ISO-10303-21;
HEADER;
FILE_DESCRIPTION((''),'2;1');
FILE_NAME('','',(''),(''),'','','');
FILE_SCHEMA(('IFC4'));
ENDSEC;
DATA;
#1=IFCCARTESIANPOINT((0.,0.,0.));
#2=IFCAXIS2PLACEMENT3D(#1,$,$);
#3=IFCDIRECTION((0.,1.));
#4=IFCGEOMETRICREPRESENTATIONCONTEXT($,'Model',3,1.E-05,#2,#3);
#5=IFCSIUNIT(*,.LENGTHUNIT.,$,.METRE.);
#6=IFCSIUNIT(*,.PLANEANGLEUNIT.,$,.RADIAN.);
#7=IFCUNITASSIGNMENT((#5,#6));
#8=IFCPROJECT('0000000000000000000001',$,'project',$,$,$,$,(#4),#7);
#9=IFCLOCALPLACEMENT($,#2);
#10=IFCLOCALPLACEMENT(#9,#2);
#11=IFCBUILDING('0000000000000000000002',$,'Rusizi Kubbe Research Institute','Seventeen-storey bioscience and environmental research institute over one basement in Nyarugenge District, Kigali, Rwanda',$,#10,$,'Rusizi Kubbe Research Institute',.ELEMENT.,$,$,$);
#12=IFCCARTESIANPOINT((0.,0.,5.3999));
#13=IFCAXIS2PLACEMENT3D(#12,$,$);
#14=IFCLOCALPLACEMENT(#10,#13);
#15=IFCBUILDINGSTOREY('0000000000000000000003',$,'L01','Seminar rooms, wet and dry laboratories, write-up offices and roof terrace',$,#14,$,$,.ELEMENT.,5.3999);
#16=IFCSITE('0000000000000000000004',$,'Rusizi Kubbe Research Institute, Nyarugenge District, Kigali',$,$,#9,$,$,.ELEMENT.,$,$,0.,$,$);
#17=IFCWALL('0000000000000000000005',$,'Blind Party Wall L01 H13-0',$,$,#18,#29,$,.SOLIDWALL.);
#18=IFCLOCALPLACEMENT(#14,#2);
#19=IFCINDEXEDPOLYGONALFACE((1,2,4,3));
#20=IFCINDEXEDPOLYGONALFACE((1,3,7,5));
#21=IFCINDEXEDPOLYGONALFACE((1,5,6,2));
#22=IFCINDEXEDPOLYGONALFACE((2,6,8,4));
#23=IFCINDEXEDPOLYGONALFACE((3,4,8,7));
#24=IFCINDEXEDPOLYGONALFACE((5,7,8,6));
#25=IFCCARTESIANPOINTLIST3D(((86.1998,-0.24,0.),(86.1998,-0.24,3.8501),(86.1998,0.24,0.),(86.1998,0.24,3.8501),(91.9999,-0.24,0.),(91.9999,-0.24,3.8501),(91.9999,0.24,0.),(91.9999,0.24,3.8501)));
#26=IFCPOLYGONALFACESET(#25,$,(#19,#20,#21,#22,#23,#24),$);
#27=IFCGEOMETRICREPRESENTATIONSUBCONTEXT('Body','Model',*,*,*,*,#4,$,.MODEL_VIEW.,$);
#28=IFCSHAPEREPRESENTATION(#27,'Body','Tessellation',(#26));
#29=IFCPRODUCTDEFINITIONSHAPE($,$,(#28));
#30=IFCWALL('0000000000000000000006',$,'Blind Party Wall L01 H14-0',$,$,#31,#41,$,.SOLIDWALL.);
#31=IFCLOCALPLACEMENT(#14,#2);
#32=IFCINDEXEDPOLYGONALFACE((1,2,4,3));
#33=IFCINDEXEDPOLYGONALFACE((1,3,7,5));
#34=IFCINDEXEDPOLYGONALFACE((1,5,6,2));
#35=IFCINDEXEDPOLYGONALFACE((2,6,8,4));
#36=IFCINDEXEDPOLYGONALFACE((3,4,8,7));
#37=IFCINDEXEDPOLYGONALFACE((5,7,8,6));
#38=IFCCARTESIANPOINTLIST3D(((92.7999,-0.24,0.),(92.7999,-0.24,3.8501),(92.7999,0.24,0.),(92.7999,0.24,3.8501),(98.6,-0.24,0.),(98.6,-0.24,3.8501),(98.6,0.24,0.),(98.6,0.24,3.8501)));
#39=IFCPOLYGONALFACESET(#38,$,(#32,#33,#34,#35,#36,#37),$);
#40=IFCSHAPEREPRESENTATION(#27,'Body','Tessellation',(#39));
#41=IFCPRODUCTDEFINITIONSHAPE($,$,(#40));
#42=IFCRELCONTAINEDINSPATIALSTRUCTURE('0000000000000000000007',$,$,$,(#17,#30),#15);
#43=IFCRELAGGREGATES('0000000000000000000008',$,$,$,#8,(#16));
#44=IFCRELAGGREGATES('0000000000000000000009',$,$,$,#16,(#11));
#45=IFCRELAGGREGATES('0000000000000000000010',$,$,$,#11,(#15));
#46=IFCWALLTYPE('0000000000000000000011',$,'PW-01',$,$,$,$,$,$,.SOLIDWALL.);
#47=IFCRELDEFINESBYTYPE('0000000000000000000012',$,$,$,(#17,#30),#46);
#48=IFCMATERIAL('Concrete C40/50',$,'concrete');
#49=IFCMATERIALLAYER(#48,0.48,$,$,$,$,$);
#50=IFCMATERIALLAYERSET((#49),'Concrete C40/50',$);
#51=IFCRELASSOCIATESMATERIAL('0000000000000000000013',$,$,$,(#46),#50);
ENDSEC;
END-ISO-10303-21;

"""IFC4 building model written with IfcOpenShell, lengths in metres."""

from ifc_helpers import new_model, si_unit, direction, frame, frame_2d, origin, place, context, subcontext, project, spatial, rectangle, extrude, material, layer, layer_set, type_object, element, save


model = new_model("IFC4")

# Units and contexts
model_context = context("Model", 3, precision=1e-05, world=origin(), true_north=direction((0.0, 1.0)))
body_context = subcontext(model_context, "Body", "Model", "MODEL_VIEW")
ifc_project = project(units=[si_unit("LENGTHUNIT", "METRE"), si_unit("PLANEANGLEUNIT", "RADIAN")], contexts=[model_context])

# Site, building, storey
site_placement = place(None, origin())
site = spatial("IfcSite", under=ifc_project, at=site_placement, Name="Rusizi Kubbe Research Institute, Nyarugenge District, Kigali", CompositionType="ELEMENT", RefElevation=0.0)
building_placement = place(site_placement, origin())
building = spatial("IfcBuilding", under=site, at=building_placement, Name="Rusizi Kubbe Research Institute", Description="Seventeen-storey bioscience and environmental research institute over one basement in Nyarugenge District, Kigali, Rwanda", LongName="Rusizi Kubbe Research Institute", CompositionType="ELEMENT")
storey_placement = place(building_placement, frame((0.0, 0.0, 5.3999)))
storey = spatial("IfcBuildingStorey", under=building, at=storey_placement, Name="L01", Description="Seminar rooms, wet and dry laboratories, write-up offices and roof terrace", CompositionType="ELEMENT", Elevation=5.3999)

# Walls
ifc_material_1 = material(Name="Concrete C40/50", Category="concrete")
ifc_layer_1 = layer(ifc_material_1, 0.48)
ifc_layer_set_1 = layer_set([ifc_layer_1], Name="Concrete C40/50")
wall_type_1 = type_object("IfcWallType", Name="PW-01", PredefinedType="SOLIDWALL", material=ifc_layer_set_1)
for number, where, z_axis, x_axis, name in (
    (1, (86.2, 0.0, 0.0), (0.0, 0.0, 1.0), (1.0, 0.0, 0.0), "Blind Party Wall L01 H13-0"),
    (2, (92.8, 0.0, 0.0), (0.0, 0.0, 1.0), (1.0, 0.0, 0.0), "Blind Party Wall L01 H14-0"),
):
    element("IfcWall", number, at=place(storey_placement, frame(where, z_axis=z_axis, x_axis=x_axis)), inside=storey, type_object=wall_type_1, Name=name, PredefinedType="SOLIDWALL", context=body_context, shape_type="SweptSolid", body=[
        extrude(rectangle(XDim=5.8, YDim=0.48, at=frame_2d((2.8999, 0.0))), origin(), (0.0, 0.0, 1.0), 3.8501),
    ])

save(model, "model.ifc")
